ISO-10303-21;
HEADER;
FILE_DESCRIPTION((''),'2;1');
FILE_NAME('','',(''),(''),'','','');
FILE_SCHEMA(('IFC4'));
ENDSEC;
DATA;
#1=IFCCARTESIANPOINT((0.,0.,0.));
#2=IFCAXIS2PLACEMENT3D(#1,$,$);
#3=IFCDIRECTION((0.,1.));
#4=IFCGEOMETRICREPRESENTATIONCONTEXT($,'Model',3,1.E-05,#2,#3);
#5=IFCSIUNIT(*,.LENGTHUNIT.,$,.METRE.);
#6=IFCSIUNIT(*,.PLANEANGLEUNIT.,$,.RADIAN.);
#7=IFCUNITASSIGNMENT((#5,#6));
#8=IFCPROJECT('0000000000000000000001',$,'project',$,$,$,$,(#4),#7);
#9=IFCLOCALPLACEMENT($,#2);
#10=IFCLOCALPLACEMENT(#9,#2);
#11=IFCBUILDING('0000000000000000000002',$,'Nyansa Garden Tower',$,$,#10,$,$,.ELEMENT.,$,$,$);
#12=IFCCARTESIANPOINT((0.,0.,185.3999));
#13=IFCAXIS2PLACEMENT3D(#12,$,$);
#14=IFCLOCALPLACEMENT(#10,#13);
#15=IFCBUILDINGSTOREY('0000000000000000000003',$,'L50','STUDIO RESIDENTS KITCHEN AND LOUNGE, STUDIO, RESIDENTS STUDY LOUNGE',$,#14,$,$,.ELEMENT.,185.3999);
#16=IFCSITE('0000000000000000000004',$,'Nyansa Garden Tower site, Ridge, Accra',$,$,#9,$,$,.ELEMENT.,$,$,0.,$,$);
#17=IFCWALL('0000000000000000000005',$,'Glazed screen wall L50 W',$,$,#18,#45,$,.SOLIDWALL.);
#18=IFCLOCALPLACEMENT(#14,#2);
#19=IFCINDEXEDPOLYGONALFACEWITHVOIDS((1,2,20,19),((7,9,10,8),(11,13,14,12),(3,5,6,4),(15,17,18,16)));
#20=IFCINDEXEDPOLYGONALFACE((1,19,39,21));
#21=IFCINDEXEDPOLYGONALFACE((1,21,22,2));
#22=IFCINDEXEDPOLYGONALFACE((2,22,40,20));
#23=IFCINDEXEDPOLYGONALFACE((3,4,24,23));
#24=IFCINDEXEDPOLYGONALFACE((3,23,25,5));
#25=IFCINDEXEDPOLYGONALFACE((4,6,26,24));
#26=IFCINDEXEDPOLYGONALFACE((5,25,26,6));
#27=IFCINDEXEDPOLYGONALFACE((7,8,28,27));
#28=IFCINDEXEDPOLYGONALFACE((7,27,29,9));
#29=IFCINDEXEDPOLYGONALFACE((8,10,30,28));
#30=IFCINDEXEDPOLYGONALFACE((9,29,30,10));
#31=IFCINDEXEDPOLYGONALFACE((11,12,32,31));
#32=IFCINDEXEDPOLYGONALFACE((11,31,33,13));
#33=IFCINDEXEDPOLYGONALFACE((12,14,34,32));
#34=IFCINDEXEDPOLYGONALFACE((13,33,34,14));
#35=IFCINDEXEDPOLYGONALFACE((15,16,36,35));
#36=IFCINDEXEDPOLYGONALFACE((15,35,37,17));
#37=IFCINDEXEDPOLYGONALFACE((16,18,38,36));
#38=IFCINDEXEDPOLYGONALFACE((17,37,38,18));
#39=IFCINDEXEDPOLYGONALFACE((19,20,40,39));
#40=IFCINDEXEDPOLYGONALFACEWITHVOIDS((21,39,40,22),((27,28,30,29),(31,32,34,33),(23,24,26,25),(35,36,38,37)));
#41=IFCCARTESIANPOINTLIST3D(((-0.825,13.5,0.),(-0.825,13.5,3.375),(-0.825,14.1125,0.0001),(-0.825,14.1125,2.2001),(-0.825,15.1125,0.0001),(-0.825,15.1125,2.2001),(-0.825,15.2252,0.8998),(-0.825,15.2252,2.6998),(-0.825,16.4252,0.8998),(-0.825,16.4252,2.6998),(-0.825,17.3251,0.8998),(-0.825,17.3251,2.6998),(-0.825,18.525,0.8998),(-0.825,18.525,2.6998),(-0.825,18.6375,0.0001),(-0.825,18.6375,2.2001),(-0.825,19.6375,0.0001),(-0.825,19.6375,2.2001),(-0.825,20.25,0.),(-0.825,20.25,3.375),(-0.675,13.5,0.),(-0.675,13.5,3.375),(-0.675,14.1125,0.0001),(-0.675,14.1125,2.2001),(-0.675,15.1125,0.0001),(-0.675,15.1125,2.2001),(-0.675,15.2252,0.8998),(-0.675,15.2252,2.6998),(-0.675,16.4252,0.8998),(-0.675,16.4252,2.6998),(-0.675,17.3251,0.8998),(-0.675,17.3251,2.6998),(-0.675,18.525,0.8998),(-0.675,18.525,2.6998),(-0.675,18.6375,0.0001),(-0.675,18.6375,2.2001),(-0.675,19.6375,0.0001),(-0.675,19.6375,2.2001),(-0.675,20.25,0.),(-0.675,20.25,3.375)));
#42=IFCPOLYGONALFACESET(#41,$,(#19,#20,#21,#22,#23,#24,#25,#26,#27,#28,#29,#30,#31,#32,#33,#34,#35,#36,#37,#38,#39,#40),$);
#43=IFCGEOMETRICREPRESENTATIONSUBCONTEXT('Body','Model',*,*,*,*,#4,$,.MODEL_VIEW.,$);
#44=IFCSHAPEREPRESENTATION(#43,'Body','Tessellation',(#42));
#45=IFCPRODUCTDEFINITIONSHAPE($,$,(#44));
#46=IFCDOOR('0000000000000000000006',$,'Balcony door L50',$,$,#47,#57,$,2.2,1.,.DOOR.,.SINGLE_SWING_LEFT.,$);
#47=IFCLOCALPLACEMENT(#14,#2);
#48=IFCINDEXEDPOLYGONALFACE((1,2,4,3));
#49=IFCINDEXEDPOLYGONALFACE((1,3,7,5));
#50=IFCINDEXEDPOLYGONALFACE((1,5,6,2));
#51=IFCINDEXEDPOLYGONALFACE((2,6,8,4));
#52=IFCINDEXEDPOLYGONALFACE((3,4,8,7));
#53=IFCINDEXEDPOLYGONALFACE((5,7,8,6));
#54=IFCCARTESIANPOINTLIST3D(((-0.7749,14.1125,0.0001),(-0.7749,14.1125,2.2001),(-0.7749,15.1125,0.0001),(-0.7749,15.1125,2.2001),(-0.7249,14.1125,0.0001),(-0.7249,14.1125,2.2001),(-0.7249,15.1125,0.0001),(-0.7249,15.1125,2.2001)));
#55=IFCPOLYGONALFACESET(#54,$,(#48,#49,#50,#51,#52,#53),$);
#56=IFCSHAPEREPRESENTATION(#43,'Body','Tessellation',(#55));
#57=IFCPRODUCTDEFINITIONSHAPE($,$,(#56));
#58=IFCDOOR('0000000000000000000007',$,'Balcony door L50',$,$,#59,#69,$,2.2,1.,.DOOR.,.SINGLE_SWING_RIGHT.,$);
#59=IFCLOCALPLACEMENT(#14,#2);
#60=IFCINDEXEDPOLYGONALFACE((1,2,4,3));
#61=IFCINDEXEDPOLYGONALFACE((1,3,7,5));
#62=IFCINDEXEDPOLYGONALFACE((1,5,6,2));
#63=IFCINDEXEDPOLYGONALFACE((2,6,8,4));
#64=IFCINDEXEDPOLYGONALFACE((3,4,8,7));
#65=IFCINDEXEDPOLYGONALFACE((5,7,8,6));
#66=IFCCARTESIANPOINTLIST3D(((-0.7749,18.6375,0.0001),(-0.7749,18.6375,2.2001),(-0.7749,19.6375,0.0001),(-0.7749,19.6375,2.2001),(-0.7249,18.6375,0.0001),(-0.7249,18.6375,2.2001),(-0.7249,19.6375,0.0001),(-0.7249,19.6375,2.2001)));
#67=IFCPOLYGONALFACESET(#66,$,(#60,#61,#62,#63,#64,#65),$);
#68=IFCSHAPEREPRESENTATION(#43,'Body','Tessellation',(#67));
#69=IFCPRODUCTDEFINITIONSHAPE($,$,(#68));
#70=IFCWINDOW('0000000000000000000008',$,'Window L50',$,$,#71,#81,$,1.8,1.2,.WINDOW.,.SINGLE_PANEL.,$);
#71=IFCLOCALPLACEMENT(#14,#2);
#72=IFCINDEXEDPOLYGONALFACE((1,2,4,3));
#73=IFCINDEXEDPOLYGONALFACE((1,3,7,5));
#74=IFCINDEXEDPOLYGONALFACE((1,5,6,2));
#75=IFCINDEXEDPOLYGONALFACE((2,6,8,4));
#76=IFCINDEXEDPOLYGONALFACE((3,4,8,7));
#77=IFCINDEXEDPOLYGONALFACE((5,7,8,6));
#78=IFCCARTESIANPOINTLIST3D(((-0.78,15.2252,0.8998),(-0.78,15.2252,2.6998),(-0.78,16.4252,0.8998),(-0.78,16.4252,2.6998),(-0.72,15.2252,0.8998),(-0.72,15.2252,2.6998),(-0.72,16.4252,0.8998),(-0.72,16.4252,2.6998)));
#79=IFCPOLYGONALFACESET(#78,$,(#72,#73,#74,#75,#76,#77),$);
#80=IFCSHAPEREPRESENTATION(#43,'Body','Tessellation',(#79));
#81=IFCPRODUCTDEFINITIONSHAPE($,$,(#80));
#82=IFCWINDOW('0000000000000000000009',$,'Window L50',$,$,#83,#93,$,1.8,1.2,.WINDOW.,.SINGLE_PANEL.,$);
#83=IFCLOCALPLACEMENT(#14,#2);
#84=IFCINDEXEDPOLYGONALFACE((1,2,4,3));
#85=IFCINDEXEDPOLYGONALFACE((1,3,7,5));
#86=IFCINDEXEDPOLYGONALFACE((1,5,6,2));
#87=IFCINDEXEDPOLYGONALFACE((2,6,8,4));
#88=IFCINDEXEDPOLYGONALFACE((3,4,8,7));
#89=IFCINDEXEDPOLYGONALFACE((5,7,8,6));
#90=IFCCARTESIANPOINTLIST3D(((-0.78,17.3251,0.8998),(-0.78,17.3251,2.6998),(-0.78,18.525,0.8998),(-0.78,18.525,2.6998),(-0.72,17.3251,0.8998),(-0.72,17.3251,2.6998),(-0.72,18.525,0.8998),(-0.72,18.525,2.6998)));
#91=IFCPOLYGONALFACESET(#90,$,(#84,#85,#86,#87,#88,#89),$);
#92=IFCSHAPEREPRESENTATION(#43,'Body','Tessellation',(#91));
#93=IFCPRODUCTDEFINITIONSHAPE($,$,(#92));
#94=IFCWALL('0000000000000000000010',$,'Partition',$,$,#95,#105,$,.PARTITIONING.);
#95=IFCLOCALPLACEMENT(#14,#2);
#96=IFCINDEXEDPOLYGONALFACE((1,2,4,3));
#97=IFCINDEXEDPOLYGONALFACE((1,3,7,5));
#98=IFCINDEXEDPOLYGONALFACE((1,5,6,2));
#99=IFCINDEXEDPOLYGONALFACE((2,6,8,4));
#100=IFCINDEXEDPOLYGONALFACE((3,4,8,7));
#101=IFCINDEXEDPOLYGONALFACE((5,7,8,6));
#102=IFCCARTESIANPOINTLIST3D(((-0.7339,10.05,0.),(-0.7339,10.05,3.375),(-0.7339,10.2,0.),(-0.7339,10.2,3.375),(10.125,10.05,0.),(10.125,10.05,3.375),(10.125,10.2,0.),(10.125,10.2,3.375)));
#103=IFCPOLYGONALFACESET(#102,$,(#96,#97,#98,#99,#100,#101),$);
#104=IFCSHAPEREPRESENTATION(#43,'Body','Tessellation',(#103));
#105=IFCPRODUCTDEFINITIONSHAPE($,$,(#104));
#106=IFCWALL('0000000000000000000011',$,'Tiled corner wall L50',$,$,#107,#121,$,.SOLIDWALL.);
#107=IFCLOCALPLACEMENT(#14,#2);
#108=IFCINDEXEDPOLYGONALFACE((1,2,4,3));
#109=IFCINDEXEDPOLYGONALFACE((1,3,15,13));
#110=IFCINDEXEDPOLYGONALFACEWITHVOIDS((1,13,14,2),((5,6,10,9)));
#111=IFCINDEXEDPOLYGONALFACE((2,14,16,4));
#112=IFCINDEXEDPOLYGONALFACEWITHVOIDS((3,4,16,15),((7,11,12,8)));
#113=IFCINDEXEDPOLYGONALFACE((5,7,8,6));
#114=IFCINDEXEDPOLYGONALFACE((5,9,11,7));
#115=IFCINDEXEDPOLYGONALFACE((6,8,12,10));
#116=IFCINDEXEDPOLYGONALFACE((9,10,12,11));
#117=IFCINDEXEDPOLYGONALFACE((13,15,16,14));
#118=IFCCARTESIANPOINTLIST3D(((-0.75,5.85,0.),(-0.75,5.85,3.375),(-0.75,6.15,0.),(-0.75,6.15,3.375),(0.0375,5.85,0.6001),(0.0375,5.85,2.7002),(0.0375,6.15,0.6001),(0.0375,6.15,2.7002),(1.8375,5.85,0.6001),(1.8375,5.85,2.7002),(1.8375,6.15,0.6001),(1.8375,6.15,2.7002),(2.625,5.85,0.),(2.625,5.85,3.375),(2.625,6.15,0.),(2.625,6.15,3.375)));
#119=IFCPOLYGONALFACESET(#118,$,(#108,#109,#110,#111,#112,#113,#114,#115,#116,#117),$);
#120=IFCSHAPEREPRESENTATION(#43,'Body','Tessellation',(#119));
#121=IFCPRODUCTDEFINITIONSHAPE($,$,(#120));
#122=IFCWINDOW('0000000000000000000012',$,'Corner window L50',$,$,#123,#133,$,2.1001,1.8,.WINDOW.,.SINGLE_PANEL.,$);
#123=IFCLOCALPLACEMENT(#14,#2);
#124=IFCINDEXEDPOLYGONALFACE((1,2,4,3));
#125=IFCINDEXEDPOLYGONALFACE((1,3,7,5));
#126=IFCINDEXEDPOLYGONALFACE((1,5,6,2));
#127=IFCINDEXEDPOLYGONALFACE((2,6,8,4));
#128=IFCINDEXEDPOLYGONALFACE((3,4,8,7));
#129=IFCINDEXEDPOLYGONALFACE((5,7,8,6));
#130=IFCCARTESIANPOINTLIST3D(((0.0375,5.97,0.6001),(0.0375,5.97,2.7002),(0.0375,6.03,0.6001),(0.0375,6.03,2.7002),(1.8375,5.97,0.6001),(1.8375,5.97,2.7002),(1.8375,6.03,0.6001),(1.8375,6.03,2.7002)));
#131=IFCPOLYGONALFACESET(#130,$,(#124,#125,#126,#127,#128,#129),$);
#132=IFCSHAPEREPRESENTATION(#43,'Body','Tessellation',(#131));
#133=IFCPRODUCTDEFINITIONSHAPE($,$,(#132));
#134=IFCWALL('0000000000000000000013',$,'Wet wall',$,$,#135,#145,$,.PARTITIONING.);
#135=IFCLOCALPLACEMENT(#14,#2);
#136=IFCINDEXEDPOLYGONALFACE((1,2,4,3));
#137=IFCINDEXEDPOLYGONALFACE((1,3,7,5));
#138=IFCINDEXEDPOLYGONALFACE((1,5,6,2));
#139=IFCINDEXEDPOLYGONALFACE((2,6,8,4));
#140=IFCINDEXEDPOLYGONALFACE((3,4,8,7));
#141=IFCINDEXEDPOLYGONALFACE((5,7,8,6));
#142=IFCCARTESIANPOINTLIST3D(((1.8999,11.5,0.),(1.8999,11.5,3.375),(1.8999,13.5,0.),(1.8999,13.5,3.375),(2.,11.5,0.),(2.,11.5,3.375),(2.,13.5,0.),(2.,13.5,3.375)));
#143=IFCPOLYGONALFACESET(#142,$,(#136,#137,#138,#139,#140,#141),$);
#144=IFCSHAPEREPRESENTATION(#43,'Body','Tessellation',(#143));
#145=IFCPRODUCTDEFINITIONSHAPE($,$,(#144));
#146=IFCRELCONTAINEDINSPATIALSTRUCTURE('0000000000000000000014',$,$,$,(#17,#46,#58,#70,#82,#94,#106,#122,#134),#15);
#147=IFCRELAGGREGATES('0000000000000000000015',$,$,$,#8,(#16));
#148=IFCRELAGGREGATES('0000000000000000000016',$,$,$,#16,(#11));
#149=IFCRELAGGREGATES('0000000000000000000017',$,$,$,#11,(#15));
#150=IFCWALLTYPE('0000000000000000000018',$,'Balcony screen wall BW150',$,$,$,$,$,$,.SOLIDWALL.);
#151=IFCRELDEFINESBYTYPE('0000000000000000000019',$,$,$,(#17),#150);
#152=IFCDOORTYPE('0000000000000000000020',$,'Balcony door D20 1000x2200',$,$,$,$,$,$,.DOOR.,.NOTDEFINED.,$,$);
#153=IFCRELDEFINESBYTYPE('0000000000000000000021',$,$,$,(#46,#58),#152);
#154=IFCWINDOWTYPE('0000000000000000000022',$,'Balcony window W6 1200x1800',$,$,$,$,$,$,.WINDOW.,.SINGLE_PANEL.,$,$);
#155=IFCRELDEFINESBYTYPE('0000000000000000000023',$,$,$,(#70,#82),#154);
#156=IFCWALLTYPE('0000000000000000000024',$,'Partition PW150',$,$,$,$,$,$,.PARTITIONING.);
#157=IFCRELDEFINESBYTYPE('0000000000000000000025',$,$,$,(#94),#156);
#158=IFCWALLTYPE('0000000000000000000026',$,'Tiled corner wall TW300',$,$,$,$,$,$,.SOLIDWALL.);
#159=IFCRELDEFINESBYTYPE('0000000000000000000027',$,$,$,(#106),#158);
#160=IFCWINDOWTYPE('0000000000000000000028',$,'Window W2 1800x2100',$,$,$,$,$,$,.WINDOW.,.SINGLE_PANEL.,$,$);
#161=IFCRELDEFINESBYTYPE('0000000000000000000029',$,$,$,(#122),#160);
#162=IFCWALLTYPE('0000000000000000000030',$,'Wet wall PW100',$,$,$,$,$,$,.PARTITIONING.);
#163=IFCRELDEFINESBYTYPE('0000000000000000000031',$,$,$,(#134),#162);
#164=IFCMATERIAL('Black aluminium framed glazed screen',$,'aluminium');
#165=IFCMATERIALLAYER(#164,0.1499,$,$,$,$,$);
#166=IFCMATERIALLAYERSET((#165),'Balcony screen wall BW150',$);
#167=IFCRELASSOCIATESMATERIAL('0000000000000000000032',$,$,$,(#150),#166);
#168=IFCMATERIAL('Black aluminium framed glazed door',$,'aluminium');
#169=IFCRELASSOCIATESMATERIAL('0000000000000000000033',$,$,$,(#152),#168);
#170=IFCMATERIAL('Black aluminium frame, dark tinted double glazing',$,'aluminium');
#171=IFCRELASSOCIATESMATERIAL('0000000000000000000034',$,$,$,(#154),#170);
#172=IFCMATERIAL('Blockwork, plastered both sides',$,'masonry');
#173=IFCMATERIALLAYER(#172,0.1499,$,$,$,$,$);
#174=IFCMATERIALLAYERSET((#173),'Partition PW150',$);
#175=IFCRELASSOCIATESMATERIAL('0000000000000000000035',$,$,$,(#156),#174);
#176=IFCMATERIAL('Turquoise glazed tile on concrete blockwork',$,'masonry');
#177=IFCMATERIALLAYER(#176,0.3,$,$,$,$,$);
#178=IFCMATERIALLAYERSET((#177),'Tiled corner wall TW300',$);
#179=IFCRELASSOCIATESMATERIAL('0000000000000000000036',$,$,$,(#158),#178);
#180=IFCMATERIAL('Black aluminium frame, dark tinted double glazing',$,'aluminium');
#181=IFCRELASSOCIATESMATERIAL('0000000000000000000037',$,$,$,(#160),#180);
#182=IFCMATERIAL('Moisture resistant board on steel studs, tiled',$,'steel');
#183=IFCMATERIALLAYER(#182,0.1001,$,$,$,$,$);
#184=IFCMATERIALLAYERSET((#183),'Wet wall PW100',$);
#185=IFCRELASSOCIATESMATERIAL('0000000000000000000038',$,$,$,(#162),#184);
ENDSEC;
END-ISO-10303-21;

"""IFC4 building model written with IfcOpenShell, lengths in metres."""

from ifc_helpers import new_model, si_unit, direction, frame, frame_2d, origin, place, context, subcontext, project, spatial, rectangle, extrude, material, layer, layer_set, type_object, element, fill, save


model = new_model("IFC4")

# Units and contexts
model_context = context("Model", 3, precision=1e-05, world=origin(), true_north=direction((0.0, 1.0)))
body_context = subcontext(model_context, "Body", "Model", "MODEL_VIEW")
ifc_project = project(units=[si_unit("LENGTHUNIT", "METRE"), si_unit("PLANEANGLEUNIT", "RADIAN")], contexts=[model_context])

# Site, building, storey
site_placement = place(None, origin())
site = spatial("IfcSite", under=ifc_project, at=site_placement, Name="Nyansa Garden Tower site, Ridge, Accra", CompositionType="ELEMENT", RefElevation=0.0)
building_placement = place(site_placement, origin())
building = spatial("IfcBuilding", under=site, at=building_placement, Name="Nyansa Garden Tower", CompositionType="ELEMENT")
storey_placement = place(building_placement, frame((0.0, 0.0, 185.3999)))
storey = spatial("IfcBuildingStorey", under=building, at=storey_placement, Name="L50", Description="STUDIO RESIDENTS KITCHEN AND LOUNGE, STUDIO, RESIDENTS STUDY LOUNGE", CompositionType="ELEMENT", Elevation=185.3999)

# Wall, openings, doors, windows
ifc_material_1 = material(Name="Black aluminium framed glazed screen", Category="aluminium")
ifc_layer_1 = layer(ifc_material_1, 0.1499)
ifc_layer_set_1 = layer_set([ifc_layer_1], Name="Balcony screen wall BW150")
wall_type_1 = type_object("IfcWallType", Name="Balcony screen wall BW150", PredefinedType="SOLIDWALL", material=ifc_layer_set_1)
wall_1_placement = place(storey_placement, frame((-0.75, 13.5, 0.0), z_axis=(0.0, 0.0, 1.0), x_axis=(0.0, 1.0, 0.0)))
wall_1 = element("IfcWall", 1, at=wall_1_placement, inside=storey, type_object=wall_type_1, Name="Glazed screen wall L50 W", PredefinedType="SOLIDWALL", context=body_context, shape_type="SweptSolid", body=[
    extrude(rectangle(XDim=6.75, YDim=0.1499, at=frame_2d((3.375, 0.0))), origin(), (0.0, 0.0, 1.0), 3.375),
])
opening_1_placement = place(wall_1_placement, frame((0.6125, 0.0, 0.0)))
opening_1 = element("IfcOpeningElement", 2, at=opening_1_placement, cuts=wall_1, PredefinedType="OPENING", context=body_context, shape_type="SweptSolid", body=[
    extrude(rectangle(XDim=1.0, YDim=2.2, at=frame_2d((0.5, 1.1001))), frame((0.0, 0.085, 0.0), z_axis=(0.0, -1.0, 0.0), x_axis=(1.0, 0.0, 0.0)), (0.0, 0.0, 1.0), 0.1699),
])
opening_2_placement = place(wall_1_placement, frame((1.7251, 0.0, 0.8999)))
opening_2 = element("IfcOpeningElement", 3, at=opening_2_placement, cuts=wall_1, PredefinedType="OPENING", context=body_context, shape_type="SweptSolid", body=[
    extrude(rectangle(XDim=1.2, YDim=1.8, at=frame_2d((0.6001, 0.8999))), frame((0.0, 0.085, 0.0), z_axis=(0.0, -1.0, 0.0), x_axis=(1.0, 0.0, 0.0)), (0.0, 0.0, 1.0), 0.1699),
])
opening_3_placement = place(wall_1_placement, frame((5.1375, 0.0, 0.0)))
opening_3 = element("IfcOpeningElement", 4, at=opening_3_placement, cuts=wall_1, PredefinedType="OPENING", context=body_context, shape_type="SweptSolid", body=[
    extrude(rectangle(XDim=1.0, YDim=2.2, at=frame_2d((0.5, 1.1001))), frame((0.0, 0.085, 0.0), z_axis=(0.0, -1.0, 0.0), x_axis=(1.0, 0.0, 0.0)), (0.0, 0.0, 1.0), 0.1699),
])
opening_4_placement = place(wall_1_placement, frame((3.825, 0.0, 0.8999)))
opening_4 = element("IfcOpeningElement", 5, at=opening_4_placement, cuts=wall_1, PredefinedType="OPENING", context=body_context, shape_type="SweptSolid", body=[
    extrude(rectangle(XDim=1.2, YDim=1.8, at=frame_2d((0.6001, 0.8999))), frame((0.0, 0.085, 0.0), z_axis=(0.0, -1.0, 0.0), x_axis=(1.0, 0.0, 0.0)), (0.0, 0.0, 1.0), 0.1699),
])
ifc_material_2 = material(Name="Black aluminium framed glazed door", Category="aluminium")
door_type = type_object("IfcDoorType", Name="Balcony door D20 1000x2200", OperationType="NOTDEFINED", PredefinedType="DOOR", material=ifc_material_2)
door_1_placement = place(opening_1_placement, origin())
door_1 = element("IfcDoor", 6, at=door_1_placement, inside=storey, type_object=door_type, Name="Balcony door L50", OperationType="SINGLE_SWING_LEFT", OverallHeight=2.2, OverallWidth=1.0, PredefinedType="DOOR", context=body_context, shape_type="SweptSolid", body=[
    extrude(rectangle(XDim=1.0, YDim=2.2, at=frame_2d((0.5, 1.1001))), frame((0.0, 0.0249, 0.0), z_axis=(0.0, -1.0, 0.0), x_axis=(1.0, 0.0, 0.0)), (0.0, 0.0, 1.0), 0.05),
])
fill(opening_1, door_1)
door_2_placement = place(opening_3_placement, origin())
door_2 = element("IfcDoor", 7, at=door_2_placement, inside=storey, type_object=door_type, Name="Balcony door L50", OperationType="SINGLE_SWING_RIGHT", OverallHeight=2.2, OverallWidth=1.0, PredefinedType="DOOR", context=body_context, shape_type="SweptSolid", body=[
    extrude(rectangle(XDim=1.0, YDim=2.2, at=frame_2d((0.5, 1.1001))), frame((0.0, 0.0249, 0.0), z_axis=(0.0, -1.0, 0.0), x_axis=(1.0, 0.0, 0.0)), (0.0, 0.0, 1.0), 0.05),
])
fill(opening_3, door_2)
ifc_material_3 = material(Name="Black aluminium frame, dark tinted double glazing", Category="aluminium")
window_type_1 = type_object("IfcWindowType", Name="Balcony window W6 1200x1800", PartitioningType="SINGLE_PANEL", PredefinedType="WINDOW", material=ifc_material_3)
window_1_placement = place(opening_2_placement, origin())
window_1 = element("IfcWindow", 8, at=window_1_placement, inside=storey, type_object=window_type_1, Name="Window L50", OverallHeight=1.8, OverallWidth=1.2, PartitioningType="SINGLE_PANEL", PredefinedType="WINDOW", context=body_context, shape_type="SweptSolid", body=[
    extrude(rectangle(XDim=1.2, YDim=1.8, at=frame_2d((0.6001, 0.8999))), frame((0.0, 0.03, 0.0), z_axis=(0.0, -1.0, 0.0), x_axis=(1.0, 0.0, 0.0)), (0.0, 0.0, 1.0), 0.0601),
])
fill(opening_2, window_1)
window_2_placement = place(opening_4_placement, origin())
window_2 = element("IfcWindow", 9, at=window_2_placement, inside=storey, type_object=window_type_1, Name="Window L50", OverallHeight=1.8, OverallWidth=1.2, PartitioningType="SINGLE_PANEL", PredefinedType="WINDOW", context=body_context, shape_type="SweptSolid", body=[
    extrude(rectangle(XDim=1.2, YDim=1.8, at=frame_2d((0.6001, 0.8999))), frame((0.0, 0.03, 0.0), z_axis=(0.0, -1.0, 0.0), x_axis=(1.0, 0.0, 0.0)), (0.0, 0.0, 1.0), 0.0601),
])
fill(opening_4, window_2)

# Wall
ifc_material_4 = material(Name="Blockwork, plastered both sides", Category="masonry")
ifc_layer_2 = layer(ifc_material_4, 0.1499)
ifc_layer_set_2 = layer_set([ifc_layer_2], Name="Partition PW150")
wall_type_2 = type_object("IfcWallType", Name="Partition PW150", PredefinedType="PARTITIONING", material=ifc_layer_set_2)
wall_2_placement = place(storey_placement, frame((-0.7339, 10.125, 0.0), z_axis=(0.0, 0.0, 1.0), x_axis=(1.0, 0.0, 0.0)))
element("IfcWall", 10, at=wall_2_placement, inside=storey, type_object=wall_type_2, Name="Partition", PredefinedType="PARTITIONING", context=body_context, shape_type="SweptSolid", body=[
    extrude(rectangle(XDim=10.8589, YDim=0.1499, at=frame_2d((5.4294, 0.0))), origin(), (0.0, 0.0, 1.0), 3.375),
])

# Wall, opening, window
ifc_material_5 = material(Name="Turquoise glazed tile on concrete blockwork", Category="masonry")
ifc_layer_3 = layer(ifc_material_5, 0.3)
ifc_layer_set_3 = layer_set([ifc_layer_3], Name="Tiled corner wall TW300")
wall_type_3 = type_object("IfcWallType", Name="Tiled corner wall TW300", PredefinedType="SOLIDWALL", material=ifc_layer_set_3)
wall_3_placement = place(storey_placement, frame((-0.75, 6.0, 0.0), z_axis=(0.0, 0.0, 1.0), x_axis=(1.0, 0.0, 0.0)))
wall_3 = element("IfcWall", 11, at=wall_3_placement, inside=storey, type_object=wall_type_3, Name="Tiled corner wall L50", PredefinedType="SOLIDWALL", context=body_context, shape_type="SweptSolid", body=[
    extrude(rectangle(XDim=3.375, YDim=0.3, at=frame_2d((1.6875, 0.0))), origin(), (0.0, 0.0, 1.0), 3.375),
])
opening_5_placement = place(wall_3_placement, frame((0.7876, 0.0, 0.6001)))
opening_5 = element("IfcOpeningElement", 12, at=opening_5_placement, cuts=wall_3, PredefinedType="OPENING", context=body_context, shape_type="SweptSolid", body=[
    extrude(rectangle(XDim=1.8, YDim=2.1001, at=frame_2d((0.8999, 1.05))), frame((0.0, 0.1599, 0.0), z_axis=(0.0, -1.0, 0.0), x_axis=(1.0, 0.0, 0.0)), (0.0, 0.0, 1.0), 0.3201),
])
ifc_material_6 = material(Name="Black aluminium frame, dark tinted double glazing", Category="aluminium")
window_type_2 = type_object("IfcWindowType", Name="Window W2 1800x2100", PartitioningType="SINGLE_PANEL", PredefinedType="WINDOW", material=ifc_material_6)
window_3_placement = place(opening_5_placement, origin())
window_3 = element("IfcWindow", 13, at=window_3_placement, inside=storey, type_object=window_type_2, Name="Corner window L50", OverallHeight=2.1001, OverallWidth=1.8, PartitioningType="SINGLE_PANEL", PredefinedType="WINDOW", context=body_context, shape_type="SweptSolid", body=[
    extrude(rectangle(XDim=1.8, YDim=2.1001, at=frame_2d((0.8999, 1.05))), frame((0.0, 0.03, 0.0), z_axis=(0.0, -1.0, 0.0), x_axis=(1.0, 0.0, 0.0)), (0.0, 0.0, 1.0), 0.0601),
])
fill(opening_5, window_3)

# Wall
ifc_material_7 = material(Name="Moisture resistant board on steel studs, tiled", Category="steel")
ifc_layer_4 = layer(ifc_material_7, 0.1001)
ifc_layer_set_4 = layer_set([ifc_layer_4], Name="Wet wall PW100")
wall_type_4 = type_object("IfcWallType", Name="Wet wall PW100", PredefinedType="PARTITIONING", material=ifc_layer_set_4)
wall_4_placement = place(storey_placement, frame((1.95, 11.5, 0.0), z_axis=(0.0, 0.0, 1.0), x_axis=(0.0, 1.0, 0.0)))
element("IfcWall", 14, at=wall_4_placement, inside=storey, type_object=wall_type_4, Name="Wet wall", PredefinedType="PARTITIONING", context=body_context, shape_type="SweptSolid", body=[
    extrude(rectangle(XDim=2.0, YDim=0.1001, at=frame_2d((1.0, 0.0))), origin(), (0.0, 0.0, 1.0), 3.375),
])

save(model, "model.ifc")
